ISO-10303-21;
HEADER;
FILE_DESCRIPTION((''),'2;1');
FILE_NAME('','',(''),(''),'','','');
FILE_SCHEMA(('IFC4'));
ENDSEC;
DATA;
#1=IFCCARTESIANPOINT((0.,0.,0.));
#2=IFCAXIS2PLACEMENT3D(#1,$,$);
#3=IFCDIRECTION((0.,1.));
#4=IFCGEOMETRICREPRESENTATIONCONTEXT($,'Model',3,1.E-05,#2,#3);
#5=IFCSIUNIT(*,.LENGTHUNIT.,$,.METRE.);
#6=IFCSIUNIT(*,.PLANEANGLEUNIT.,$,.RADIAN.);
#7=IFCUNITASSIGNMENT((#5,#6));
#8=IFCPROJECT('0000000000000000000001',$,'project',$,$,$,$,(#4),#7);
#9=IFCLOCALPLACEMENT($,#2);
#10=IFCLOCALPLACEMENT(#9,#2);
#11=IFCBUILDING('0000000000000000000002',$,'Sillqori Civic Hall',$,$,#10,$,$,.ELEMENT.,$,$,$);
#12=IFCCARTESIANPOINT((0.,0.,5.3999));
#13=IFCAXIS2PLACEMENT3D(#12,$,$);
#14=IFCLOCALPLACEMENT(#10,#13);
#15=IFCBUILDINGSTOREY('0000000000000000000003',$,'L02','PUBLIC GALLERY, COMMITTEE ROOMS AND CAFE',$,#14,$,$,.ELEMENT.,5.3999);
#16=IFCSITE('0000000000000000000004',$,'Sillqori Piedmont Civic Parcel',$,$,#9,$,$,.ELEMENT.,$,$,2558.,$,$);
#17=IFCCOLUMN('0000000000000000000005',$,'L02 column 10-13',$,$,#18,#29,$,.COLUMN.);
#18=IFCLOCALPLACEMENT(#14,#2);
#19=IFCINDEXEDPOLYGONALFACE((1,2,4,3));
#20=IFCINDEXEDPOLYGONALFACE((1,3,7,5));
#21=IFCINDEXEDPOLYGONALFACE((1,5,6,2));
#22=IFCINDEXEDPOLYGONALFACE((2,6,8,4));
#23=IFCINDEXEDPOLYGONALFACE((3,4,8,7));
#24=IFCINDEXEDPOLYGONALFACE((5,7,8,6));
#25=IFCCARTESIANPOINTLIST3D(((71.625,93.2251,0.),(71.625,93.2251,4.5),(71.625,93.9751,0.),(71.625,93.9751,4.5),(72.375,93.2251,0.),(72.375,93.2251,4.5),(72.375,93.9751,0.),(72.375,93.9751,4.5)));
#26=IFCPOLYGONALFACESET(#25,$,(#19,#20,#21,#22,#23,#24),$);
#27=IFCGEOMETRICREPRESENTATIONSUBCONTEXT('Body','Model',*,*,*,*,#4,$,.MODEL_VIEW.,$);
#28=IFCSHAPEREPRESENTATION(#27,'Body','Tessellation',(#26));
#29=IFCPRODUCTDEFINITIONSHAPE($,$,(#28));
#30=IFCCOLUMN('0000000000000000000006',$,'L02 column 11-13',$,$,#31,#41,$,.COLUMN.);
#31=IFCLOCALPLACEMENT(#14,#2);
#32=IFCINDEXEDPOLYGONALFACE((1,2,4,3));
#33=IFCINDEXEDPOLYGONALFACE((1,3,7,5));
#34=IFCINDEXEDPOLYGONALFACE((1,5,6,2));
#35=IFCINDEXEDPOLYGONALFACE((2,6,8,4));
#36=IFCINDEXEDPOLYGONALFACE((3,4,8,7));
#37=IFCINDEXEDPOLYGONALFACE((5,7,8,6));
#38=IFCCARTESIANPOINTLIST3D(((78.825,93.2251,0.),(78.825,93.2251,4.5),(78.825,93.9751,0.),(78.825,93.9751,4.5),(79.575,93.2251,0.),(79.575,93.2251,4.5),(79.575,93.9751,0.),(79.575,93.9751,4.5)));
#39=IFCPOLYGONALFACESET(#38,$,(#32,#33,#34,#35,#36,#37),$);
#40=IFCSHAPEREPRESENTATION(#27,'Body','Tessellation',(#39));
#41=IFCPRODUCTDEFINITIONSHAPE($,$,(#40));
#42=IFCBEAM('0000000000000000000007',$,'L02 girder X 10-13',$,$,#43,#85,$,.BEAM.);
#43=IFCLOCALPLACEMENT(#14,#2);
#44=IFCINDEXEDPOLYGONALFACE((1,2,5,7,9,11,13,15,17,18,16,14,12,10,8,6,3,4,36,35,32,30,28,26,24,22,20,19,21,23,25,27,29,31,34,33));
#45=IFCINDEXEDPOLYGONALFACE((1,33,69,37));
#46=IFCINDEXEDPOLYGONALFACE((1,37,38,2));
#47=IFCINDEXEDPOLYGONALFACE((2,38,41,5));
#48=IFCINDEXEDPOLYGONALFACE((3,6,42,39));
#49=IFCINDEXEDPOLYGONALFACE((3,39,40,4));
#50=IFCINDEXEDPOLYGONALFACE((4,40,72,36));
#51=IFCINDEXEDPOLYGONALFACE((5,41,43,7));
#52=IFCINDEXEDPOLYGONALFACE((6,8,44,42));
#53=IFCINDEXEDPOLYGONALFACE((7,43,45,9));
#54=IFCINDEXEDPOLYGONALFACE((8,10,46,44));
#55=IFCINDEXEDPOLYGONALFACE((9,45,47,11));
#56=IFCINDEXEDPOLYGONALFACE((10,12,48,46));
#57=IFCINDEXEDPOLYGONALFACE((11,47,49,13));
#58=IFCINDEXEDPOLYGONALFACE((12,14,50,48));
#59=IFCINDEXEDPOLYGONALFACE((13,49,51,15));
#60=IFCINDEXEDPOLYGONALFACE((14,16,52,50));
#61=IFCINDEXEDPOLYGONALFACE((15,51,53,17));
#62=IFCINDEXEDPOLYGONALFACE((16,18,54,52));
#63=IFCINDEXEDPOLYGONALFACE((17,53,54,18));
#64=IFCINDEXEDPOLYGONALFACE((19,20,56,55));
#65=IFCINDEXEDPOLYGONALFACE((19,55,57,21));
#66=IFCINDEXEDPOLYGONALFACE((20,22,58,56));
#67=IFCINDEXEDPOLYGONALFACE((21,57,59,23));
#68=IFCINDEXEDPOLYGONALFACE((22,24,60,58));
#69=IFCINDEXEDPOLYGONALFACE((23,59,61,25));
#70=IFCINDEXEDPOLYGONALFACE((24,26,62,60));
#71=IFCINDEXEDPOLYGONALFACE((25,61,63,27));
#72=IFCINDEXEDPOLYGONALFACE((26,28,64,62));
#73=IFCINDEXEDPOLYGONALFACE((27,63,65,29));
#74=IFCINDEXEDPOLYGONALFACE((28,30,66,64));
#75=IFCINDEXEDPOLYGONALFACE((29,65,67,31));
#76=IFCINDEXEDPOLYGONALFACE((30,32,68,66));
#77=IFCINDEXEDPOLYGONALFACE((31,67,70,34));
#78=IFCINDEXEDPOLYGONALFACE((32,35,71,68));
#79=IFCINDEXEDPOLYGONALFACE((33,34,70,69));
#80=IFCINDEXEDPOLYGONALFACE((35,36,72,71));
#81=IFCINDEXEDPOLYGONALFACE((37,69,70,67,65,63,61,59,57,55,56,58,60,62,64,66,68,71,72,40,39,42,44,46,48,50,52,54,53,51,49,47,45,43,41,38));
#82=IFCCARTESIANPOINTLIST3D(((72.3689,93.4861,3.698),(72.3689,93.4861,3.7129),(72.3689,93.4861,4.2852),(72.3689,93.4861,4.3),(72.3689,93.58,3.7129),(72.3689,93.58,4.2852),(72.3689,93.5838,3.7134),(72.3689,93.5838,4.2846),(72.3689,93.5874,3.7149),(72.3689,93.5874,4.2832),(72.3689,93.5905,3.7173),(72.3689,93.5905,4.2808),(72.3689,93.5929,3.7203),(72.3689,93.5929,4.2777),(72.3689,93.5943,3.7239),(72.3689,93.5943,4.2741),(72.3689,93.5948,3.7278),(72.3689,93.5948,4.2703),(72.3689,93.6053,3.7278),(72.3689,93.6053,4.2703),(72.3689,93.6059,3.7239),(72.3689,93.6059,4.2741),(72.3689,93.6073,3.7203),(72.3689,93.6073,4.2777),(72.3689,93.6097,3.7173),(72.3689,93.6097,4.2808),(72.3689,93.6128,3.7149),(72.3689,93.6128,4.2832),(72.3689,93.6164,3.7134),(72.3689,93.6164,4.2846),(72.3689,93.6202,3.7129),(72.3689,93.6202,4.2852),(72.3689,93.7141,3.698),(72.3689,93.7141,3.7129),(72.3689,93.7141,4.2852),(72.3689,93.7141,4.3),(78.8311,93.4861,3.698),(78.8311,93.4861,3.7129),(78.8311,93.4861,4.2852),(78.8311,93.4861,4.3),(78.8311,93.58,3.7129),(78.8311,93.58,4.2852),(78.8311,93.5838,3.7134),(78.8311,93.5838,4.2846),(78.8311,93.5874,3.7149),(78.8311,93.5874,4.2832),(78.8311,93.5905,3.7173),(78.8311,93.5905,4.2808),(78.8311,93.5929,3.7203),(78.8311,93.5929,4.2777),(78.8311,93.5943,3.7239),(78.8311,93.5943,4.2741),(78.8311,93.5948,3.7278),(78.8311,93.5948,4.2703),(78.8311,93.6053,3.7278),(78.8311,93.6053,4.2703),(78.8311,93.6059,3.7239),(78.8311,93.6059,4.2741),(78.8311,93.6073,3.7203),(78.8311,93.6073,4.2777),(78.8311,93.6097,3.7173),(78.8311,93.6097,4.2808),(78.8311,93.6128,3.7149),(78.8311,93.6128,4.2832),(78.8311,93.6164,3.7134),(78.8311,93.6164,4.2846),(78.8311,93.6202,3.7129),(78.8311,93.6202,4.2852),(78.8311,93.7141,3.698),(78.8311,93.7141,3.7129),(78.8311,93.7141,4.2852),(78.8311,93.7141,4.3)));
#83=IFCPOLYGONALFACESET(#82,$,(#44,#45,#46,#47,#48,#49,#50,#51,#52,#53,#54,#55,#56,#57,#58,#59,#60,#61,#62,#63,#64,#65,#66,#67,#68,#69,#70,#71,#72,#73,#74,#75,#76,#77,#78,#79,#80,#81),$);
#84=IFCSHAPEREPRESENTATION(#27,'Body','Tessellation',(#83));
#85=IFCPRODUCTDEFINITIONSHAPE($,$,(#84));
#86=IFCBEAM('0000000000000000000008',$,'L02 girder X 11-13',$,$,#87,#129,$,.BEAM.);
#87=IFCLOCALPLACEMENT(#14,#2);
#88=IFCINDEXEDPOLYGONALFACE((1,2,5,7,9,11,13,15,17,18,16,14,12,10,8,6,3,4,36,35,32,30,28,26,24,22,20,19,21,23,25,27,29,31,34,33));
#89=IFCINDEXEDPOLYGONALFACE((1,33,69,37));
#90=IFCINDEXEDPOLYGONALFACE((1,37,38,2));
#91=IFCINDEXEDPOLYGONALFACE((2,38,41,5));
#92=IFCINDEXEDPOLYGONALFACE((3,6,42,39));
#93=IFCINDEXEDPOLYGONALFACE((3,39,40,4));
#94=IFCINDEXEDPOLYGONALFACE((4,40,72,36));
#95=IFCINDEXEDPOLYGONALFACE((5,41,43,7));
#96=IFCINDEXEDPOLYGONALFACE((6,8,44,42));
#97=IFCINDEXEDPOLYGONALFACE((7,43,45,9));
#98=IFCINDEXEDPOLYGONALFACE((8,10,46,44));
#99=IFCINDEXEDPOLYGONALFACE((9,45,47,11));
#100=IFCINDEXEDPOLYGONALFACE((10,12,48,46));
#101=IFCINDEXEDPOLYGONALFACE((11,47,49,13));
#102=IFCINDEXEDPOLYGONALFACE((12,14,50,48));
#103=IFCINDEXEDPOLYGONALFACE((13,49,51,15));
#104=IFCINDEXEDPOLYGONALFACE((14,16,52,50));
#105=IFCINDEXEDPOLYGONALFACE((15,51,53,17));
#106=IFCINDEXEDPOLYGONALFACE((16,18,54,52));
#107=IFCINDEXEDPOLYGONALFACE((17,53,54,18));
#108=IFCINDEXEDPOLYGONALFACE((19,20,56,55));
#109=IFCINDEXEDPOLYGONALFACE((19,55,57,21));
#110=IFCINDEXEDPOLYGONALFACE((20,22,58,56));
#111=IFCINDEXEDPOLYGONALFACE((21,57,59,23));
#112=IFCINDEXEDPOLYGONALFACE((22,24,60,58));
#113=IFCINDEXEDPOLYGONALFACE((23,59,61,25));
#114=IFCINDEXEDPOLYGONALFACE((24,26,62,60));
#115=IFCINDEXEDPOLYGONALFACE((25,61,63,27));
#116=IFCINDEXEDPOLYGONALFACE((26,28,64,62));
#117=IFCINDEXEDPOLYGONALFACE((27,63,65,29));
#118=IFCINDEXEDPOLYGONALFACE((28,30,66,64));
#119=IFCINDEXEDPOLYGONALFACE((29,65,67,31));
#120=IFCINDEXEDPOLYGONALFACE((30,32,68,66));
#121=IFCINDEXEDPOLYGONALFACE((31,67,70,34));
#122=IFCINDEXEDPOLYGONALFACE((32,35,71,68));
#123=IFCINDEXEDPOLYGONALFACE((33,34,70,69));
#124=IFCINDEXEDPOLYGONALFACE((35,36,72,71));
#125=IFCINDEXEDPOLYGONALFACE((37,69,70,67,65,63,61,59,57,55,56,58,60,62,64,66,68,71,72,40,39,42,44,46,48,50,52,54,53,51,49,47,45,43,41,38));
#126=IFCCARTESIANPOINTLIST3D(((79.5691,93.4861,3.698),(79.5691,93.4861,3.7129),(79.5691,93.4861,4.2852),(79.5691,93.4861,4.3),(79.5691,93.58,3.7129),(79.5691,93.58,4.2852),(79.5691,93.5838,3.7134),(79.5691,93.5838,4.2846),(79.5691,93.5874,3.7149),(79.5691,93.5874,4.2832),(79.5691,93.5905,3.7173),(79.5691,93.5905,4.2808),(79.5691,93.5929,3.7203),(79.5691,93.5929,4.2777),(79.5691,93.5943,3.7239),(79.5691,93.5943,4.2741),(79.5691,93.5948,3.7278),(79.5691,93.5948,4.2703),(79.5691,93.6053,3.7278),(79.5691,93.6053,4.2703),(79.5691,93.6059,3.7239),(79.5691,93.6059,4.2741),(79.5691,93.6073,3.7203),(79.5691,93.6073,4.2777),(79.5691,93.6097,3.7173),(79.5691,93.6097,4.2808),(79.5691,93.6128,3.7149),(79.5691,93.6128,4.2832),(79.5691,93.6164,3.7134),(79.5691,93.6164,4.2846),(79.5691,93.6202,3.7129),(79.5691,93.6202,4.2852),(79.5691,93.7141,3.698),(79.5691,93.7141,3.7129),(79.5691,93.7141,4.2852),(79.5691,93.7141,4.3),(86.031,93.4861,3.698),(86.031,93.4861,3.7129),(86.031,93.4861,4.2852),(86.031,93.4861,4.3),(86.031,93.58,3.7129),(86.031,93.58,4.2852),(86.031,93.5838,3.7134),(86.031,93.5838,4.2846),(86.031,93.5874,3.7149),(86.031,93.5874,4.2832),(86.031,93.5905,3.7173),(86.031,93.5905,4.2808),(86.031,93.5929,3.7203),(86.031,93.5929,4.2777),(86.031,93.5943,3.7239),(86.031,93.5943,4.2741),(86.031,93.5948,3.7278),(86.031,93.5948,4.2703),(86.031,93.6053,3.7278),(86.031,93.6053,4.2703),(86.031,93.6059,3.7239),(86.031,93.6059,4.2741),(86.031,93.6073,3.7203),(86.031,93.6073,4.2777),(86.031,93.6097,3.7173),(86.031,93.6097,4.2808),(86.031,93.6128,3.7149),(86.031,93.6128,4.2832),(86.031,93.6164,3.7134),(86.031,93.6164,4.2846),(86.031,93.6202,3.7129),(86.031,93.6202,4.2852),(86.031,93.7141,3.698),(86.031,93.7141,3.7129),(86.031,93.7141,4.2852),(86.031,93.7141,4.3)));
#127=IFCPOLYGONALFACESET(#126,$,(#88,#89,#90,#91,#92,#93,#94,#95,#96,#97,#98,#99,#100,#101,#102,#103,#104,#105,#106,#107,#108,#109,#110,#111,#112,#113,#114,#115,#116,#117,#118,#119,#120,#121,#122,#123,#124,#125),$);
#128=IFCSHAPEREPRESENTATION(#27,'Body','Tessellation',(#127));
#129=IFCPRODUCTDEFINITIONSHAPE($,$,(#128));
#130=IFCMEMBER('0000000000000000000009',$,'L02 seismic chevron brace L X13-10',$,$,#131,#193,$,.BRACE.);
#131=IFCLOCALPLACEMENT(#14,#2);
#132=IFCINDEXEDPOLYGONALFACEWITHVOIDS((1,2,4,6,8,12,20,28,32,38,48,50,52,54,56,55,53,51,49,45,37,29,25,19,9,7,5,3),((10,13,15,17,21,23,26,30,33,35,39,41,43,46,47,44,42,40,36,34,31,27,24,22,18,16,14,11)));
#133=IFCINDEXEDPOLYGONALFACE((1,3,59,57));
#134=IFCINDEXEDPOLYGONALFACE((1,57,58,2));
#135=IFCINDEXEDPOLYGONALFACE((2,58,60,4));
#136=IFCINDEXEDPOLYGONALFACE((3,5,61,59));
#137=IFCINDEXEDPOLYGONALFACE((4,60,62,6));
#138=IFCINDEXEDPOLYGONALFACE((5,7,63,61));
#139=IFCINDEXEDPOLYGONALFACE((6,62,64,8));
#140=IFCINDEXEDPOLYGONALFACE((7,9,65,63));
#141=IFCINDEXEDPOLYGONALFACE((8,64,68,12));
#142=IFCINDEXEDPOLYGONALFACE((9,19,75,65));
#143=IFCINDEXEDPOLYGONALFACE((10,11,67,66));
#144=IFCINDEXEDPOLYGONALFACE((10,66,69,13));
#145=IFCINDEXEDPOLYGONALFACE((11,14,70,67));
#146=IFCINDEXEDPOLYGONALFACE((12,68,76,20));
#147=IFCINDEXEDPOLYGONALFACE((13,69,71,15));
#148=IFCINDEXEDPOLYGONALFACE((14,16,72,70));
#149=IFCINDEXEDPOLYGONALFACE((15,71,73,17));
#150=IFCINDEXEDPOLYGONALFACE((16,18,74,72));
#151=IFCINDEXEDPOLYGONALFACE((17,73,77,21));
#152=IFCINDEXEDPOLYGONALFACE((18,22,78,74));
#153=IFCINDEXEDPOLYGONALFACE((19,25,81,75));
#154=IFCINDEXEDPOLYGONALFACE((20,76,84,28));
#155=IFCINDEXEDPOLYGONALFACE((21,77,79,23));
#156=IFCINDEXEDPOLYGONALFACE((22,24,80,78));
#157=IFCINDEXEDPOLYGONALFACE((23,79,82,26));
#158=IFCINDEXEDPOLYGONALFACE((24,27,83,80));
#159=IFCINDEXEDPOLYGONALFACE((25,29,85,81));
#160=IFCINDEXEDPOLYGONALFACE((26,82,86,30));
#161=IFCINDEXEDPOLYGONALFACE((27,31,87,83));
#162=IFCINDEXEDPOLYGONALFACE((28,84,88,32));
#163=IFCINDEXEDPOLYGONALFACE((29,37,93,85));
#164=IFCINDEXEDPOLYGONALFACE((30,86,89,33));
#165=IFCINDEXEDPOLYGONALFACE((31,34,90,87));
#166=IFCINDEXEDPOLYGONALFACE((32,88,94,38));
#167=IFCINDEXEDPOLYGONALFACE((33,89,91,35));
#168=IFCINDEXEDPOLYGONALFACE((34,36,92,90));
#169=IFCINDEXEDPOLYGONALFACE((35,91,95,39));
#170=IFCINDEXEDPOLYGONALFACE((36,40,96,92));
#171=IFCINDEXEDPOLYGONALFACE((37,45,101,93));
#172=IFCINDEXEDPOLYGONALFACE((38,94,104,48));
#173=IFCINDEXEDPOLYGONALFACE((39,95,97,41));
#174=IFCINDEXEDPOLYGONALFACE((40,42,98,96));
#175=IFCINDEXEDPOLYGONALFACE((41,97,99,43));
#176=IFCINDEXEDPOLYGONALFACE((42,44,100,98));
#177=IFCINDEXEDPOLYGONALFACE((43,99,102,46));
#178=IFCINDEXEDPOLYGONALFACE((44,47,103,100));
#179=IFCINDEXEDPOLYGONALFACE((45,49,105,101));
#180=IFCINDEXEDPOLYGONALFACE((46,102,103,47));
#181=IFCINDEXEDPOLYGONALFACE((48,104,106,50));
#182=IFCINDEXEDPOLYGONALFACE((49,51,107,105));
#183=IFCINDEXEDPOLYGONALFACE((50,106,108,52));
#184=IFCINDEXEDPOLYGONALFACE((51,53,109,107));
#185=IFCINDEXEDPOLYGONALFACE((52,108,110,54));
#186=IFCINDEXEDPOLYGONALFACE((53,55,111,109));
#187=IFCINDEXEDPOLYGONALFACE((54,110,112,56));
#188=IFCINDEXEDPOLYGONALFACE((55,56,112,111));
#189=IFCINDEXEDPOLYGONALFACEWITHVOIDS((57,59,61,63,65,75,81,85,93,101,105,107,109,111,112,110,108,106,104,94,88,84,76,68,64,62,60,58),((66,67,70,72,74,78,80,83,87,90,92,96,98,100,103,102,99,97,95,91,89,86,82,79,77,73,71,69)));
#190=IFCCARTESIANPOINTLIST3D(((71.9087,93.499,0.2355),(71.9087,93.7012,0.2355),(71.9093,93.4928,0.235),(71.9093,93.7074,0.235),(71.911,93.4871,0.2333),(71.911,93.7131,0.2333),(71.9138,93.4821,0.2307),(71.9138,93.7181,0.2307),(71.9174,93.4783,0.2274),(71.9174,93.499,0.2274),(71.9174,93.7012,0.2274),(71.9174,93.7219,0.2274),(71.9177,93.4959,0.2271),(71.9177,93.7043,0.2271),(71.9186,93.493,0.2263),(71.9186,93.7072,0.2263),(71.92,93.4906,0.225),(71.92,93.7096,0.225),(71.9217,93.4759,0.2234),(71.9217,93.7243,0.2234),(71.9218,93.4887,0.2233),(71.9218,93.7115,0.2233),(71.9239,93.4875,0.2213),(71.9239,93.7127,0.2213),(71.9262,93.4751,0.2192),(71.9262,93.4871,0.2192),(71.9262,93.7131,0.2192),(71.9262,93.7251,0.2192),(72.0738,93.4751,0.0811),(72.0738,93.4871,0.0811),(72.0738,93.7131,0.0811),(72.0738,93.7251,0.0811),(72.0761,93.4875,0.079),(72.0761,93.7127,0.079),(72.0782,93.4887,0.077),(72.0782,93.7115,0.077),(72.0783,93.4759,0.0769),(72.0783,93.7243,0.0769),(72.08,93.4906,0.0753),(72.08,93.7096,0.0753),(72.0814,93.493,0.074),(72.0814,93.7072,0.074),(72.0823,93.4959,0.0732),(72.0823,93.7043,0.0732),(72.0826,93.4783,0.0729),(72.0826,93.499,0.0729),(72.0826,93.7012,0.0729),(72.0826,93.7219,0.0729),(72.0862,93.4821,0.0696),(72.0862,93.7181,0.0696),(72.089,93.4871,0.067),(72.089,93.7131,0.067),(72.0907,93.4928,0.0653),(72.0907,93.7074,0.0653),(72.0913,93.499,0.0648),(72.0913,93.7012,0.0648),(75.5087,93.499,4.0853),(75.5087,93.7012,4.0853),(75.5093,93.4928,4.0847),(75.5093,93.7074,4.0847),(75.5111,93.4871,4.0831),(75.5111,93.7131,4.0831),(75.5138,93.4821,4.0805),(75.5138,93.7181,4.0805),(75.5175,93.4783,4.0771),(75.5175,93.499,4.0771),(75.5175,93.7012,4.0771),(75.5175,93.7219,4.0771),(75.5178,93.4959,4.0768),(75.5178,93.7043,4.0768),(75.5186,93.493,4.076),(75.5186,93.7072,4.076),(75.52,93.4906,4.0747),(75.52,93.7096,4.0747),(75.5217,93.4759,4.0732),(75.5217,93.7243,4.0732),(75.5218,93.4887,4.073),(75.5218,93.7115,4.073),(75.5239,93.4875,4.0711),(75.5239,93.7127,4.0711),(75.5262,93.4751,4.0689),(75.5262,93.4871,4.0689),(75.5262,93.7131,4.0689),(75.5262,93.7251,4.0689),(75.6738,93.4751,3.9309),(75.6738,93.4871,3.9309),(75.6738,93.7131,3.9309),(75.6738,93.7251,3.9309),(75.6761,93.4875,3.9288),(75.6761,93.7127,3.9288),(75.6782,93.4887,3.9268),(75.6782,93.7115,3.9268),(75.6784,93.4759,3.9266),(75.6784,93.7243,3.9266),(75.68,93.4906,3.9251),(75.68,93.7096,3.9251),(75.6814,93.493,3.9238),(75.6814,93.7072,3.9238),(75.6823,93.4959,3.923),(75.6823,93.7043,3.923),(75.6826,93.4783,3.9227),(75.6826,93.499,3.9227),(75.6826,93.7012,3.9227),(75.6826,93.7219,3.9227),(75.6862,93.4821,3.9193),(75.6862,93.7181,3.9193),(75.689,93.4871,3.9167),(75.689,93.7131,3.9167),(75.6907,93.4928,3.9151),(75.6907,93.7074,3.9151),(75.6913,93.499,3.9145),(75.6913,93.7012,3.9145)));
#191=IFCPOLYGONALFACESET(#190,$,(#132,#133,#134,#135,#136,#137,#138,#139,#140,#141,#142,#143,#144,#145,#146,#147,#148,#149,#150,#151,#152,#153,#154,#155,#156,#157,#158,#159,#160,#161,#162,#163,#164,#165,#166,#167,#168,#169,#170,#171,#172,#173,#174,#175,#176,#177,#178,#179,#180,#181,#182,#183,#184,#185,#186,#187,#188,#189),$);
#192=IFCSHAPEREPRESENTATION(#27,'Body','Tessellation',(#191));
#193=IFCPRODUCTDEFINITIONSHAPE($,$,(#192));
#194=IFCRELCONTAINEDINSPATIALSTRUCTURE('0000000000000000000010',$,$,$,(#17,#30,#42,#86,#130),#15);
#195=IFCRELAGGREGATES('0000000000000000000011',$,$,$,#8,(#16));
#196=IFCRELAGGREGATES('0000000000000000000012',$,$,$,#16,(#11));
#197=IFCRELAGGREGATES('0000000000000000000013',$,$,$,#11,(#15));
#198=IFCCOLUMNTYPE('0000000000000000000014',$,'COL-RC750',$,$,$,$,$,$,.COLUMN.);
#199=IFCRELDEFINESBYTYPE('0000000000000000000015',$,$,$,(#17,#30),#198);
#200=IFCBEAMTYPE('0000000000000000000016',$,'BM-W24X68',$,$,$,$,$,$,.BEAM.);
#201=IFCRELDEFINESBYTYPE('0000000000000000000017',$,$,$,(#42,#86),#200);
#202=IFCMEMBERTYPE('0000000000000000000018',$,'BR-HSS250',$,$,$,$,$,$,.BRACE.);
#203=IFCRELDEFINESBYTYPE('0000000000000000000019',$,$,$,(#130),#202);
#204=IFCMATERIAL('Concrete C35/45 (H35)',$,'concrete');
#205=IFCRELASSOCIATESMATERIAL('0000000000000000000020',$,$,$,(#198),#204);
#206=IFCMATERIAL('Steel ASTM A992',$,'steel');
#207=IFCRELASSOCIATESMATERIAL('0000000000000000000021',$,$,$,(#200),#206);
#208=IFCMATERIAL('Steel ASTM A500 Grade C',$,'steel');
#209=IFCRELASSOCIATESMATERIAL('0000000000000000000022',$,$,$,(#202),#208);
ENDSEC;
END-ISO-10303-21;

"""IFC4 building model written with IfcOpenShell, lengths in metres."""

from ifc_helpers import new_model, si_unit, direction, frame, origin, origin_2d, place, context, subcontext, project, spatial, rectangle, hollow_rectangle, i_section, extrude, material, material_profile, profile_set, type_object, element, save


model = new_model("IFC4")

# Units and contexts
model_context = context("Model", 3, precision=1e-05, world=origin(), true_north=direction((0.0, 1.0)))
body_context = subcontext(model_context, "Body", "Model", "MODEL_VIEW")
ifc_project = project(units=[si_unit("LENGTHUNIT", "METRE"), si_unit("PLANEANGLEUNIT", "RADIAN")], contexts=[model_context])

# Site, building, storey
site_placement = place(None, origin())
site = spatial("IfcSite", under=ifc_project, at=site_placement, Name="Sillqori Piedmont Civic Parcel", CompositionType="ELEMENT", RefElevation=2558.0)
building_placement = place(site_placement, origin())
building = spatial("IfcBuilding", under=site, at=building_placement, Name="Sillqori Civic Hall", CompositionType="ELEMENT")
storey_placement = place(building_placement, frame((0.0, 0.0, 5.3999)))
storey = spatial("IfcBuildingStorey", under=building, at=storey_placement, Name="L02", Description="PUBLIC GALLERY, COMMITTEE ROOMS AND CAFE", CompositionType="ELEMENT", Elevation=5.3999)

# Columns
ifc_material_1 = material(Name="Concrete C35/45 (H35)", Category="concrete")
ifc_material_profile_1 = material_profile(ifc_material_1, rectangle(XDim=0.75, YDim=0.75, at=origin_2d()), Name="RC 750x750")
ifc_profile_set_1 = profile_set([ifc_material_profile_1], Name="Concrete C35/45 (H35)")
column_type = type_object("IfcColumnType", Name="COL-RC750", PredefinedType="COLUMN", material=ifc_profile_set_1)
for number, where, z_axis, x_axis, name in (
    (1, (72.0, 93.6001, 0.0), (0.0, 0.0, 1.0), (1.0, 0.0, 0.0), "L02 column 10-13"),
    (2, (79.2, 93.6001, 0.0), (0.0, 0.0, 1.0), (1.0, 0.0, 0.0), "L02 column 11-13"),
):
    element("IfcColumn", number, at=place(storey_placement, frame(where, z_axis=z_axis, x_axis=x_axis)), inside=storey, type_object=column_type, Name=name, PredefinedType="COLUMN", context=body_context, shape_type="SweptSolid", body=[
        extrude(rectangle(XDim=0.75, YDim=0.75, at=origin_2d()), origin(), (0.0, 0.0, 1.0), 4.5),
    ])

# Beams
ifc_material_2 = material(Name="Steel ASTM A992", Category="steel")
ifc_material_profile_2 = material_profile(ifc_material_2, i_section(OverallWidth=0.228, OverallDepth=0.6021, WebThickness=0.0105, FlangeThickness=0.0149, FilletRadius=0.0149, at=origin_2d()), Name="W24X68")
ifc_profile_set_2 = profile_set([ifc_material_profile_2], Name="Steel ASTM A992")
beam_type_1 = type_object("IfcBeamType", Name="BM-W24X68", PredefinedType="BEAM", material=ifc_profile_set_2)
beam_1_placement = place(storey_placement, frame((72.3689, 93.6001, 3.999), z_axis=(1.0, 0.0, 0.0), x_axis=(0.0, 1.0, 0.0)))
element("IfcBeam", 3, at=beam_1_placement, inside=storey, type_object=beam_type_1, Name="L02 girder X 10-13", PredefinedType="BEAM", context=body_context, shape_type="SweptSolid", body=[
    extrude(i_section(OverallWidth=0.228, OverallDepth=0.6021, WebThickness=0.0105, FlangeThickness=0.0149, FilletRadius=0.0149, at=origin_2d()), origin(), (0.0, 0.0, 1.0), 6.4622),
])
beam_2_placement = place(storey_placement, frame((79.5691, 93.6001, 3.999), z_axis=(1.0, 0.0, 0.0), x_axis=(0.0, 1.0, 0.0)))
element("IfcBeam", 4, at=beam_2_placement, inside=storey, type_object=beam_type_1, Name="L02 girder X 11-13", PredefinedType="BEAM", context=body_context, shape_type="SweptSolid", body=[
    extrude(i_section(OverallWidth=0.228, OverallDepth=0.6021, WebThickness=0.0105, FlangeThickness=0.0149, FilletRadius=0.0149, at=origin_2d()), origin(), (0.0, 0.0, 1.0), 6.4619),
])

# Member
ifc_material_3 = material(Name="Steel ASTM A500 Grade C", Category="steel")
ifc_material_profile_3 = material_profile(ifc_material_3, hollow_rectangle(XDim=0.25, YDim=0.25, WallThickness=0.012, InnerFilletRadius=0.012, OuterFilletRadius=0.0239, at=origin_2d()), Name="HSS250X250X12")
ifc_profile_set_3 = profile_set([ifc_material_profile_3], Name="Steel ASTM A500 Grade C")
member_type = type_object("IfcMemberType", Name="BR-HSS250", PredefinedType="BRACE", material=ifc_profile_set_3)
for number, where, z_axis, x_axis, name in (
    (5, (72.0, 93.6001, 0.1501), (0.683018, 0.0, 0.730402), (0.0, 1.0, 0.0), "L02 seismic chevron brace L X13-10"),
):
    element("IfcMember", number, at=place(storey_placement, frame(where, z_axis=z_axis, x_axis=x_axis)), inside=storey, type_object=member_type, Name=name, PredefinedType="BRACE", context=body_context, shape_type="SweptSolid", body=[
        extrude(hollow_rectangle(XDim=0.25, YDim=0.25, WallThickness=0.012, InnerFilletRadius=0.012, OuterFilletRadius=0.0239, at=origin_2d()), origin(), (0.0, 0.0, 1.0), 5.2708),
    ])

save(model, "model.ifc")
